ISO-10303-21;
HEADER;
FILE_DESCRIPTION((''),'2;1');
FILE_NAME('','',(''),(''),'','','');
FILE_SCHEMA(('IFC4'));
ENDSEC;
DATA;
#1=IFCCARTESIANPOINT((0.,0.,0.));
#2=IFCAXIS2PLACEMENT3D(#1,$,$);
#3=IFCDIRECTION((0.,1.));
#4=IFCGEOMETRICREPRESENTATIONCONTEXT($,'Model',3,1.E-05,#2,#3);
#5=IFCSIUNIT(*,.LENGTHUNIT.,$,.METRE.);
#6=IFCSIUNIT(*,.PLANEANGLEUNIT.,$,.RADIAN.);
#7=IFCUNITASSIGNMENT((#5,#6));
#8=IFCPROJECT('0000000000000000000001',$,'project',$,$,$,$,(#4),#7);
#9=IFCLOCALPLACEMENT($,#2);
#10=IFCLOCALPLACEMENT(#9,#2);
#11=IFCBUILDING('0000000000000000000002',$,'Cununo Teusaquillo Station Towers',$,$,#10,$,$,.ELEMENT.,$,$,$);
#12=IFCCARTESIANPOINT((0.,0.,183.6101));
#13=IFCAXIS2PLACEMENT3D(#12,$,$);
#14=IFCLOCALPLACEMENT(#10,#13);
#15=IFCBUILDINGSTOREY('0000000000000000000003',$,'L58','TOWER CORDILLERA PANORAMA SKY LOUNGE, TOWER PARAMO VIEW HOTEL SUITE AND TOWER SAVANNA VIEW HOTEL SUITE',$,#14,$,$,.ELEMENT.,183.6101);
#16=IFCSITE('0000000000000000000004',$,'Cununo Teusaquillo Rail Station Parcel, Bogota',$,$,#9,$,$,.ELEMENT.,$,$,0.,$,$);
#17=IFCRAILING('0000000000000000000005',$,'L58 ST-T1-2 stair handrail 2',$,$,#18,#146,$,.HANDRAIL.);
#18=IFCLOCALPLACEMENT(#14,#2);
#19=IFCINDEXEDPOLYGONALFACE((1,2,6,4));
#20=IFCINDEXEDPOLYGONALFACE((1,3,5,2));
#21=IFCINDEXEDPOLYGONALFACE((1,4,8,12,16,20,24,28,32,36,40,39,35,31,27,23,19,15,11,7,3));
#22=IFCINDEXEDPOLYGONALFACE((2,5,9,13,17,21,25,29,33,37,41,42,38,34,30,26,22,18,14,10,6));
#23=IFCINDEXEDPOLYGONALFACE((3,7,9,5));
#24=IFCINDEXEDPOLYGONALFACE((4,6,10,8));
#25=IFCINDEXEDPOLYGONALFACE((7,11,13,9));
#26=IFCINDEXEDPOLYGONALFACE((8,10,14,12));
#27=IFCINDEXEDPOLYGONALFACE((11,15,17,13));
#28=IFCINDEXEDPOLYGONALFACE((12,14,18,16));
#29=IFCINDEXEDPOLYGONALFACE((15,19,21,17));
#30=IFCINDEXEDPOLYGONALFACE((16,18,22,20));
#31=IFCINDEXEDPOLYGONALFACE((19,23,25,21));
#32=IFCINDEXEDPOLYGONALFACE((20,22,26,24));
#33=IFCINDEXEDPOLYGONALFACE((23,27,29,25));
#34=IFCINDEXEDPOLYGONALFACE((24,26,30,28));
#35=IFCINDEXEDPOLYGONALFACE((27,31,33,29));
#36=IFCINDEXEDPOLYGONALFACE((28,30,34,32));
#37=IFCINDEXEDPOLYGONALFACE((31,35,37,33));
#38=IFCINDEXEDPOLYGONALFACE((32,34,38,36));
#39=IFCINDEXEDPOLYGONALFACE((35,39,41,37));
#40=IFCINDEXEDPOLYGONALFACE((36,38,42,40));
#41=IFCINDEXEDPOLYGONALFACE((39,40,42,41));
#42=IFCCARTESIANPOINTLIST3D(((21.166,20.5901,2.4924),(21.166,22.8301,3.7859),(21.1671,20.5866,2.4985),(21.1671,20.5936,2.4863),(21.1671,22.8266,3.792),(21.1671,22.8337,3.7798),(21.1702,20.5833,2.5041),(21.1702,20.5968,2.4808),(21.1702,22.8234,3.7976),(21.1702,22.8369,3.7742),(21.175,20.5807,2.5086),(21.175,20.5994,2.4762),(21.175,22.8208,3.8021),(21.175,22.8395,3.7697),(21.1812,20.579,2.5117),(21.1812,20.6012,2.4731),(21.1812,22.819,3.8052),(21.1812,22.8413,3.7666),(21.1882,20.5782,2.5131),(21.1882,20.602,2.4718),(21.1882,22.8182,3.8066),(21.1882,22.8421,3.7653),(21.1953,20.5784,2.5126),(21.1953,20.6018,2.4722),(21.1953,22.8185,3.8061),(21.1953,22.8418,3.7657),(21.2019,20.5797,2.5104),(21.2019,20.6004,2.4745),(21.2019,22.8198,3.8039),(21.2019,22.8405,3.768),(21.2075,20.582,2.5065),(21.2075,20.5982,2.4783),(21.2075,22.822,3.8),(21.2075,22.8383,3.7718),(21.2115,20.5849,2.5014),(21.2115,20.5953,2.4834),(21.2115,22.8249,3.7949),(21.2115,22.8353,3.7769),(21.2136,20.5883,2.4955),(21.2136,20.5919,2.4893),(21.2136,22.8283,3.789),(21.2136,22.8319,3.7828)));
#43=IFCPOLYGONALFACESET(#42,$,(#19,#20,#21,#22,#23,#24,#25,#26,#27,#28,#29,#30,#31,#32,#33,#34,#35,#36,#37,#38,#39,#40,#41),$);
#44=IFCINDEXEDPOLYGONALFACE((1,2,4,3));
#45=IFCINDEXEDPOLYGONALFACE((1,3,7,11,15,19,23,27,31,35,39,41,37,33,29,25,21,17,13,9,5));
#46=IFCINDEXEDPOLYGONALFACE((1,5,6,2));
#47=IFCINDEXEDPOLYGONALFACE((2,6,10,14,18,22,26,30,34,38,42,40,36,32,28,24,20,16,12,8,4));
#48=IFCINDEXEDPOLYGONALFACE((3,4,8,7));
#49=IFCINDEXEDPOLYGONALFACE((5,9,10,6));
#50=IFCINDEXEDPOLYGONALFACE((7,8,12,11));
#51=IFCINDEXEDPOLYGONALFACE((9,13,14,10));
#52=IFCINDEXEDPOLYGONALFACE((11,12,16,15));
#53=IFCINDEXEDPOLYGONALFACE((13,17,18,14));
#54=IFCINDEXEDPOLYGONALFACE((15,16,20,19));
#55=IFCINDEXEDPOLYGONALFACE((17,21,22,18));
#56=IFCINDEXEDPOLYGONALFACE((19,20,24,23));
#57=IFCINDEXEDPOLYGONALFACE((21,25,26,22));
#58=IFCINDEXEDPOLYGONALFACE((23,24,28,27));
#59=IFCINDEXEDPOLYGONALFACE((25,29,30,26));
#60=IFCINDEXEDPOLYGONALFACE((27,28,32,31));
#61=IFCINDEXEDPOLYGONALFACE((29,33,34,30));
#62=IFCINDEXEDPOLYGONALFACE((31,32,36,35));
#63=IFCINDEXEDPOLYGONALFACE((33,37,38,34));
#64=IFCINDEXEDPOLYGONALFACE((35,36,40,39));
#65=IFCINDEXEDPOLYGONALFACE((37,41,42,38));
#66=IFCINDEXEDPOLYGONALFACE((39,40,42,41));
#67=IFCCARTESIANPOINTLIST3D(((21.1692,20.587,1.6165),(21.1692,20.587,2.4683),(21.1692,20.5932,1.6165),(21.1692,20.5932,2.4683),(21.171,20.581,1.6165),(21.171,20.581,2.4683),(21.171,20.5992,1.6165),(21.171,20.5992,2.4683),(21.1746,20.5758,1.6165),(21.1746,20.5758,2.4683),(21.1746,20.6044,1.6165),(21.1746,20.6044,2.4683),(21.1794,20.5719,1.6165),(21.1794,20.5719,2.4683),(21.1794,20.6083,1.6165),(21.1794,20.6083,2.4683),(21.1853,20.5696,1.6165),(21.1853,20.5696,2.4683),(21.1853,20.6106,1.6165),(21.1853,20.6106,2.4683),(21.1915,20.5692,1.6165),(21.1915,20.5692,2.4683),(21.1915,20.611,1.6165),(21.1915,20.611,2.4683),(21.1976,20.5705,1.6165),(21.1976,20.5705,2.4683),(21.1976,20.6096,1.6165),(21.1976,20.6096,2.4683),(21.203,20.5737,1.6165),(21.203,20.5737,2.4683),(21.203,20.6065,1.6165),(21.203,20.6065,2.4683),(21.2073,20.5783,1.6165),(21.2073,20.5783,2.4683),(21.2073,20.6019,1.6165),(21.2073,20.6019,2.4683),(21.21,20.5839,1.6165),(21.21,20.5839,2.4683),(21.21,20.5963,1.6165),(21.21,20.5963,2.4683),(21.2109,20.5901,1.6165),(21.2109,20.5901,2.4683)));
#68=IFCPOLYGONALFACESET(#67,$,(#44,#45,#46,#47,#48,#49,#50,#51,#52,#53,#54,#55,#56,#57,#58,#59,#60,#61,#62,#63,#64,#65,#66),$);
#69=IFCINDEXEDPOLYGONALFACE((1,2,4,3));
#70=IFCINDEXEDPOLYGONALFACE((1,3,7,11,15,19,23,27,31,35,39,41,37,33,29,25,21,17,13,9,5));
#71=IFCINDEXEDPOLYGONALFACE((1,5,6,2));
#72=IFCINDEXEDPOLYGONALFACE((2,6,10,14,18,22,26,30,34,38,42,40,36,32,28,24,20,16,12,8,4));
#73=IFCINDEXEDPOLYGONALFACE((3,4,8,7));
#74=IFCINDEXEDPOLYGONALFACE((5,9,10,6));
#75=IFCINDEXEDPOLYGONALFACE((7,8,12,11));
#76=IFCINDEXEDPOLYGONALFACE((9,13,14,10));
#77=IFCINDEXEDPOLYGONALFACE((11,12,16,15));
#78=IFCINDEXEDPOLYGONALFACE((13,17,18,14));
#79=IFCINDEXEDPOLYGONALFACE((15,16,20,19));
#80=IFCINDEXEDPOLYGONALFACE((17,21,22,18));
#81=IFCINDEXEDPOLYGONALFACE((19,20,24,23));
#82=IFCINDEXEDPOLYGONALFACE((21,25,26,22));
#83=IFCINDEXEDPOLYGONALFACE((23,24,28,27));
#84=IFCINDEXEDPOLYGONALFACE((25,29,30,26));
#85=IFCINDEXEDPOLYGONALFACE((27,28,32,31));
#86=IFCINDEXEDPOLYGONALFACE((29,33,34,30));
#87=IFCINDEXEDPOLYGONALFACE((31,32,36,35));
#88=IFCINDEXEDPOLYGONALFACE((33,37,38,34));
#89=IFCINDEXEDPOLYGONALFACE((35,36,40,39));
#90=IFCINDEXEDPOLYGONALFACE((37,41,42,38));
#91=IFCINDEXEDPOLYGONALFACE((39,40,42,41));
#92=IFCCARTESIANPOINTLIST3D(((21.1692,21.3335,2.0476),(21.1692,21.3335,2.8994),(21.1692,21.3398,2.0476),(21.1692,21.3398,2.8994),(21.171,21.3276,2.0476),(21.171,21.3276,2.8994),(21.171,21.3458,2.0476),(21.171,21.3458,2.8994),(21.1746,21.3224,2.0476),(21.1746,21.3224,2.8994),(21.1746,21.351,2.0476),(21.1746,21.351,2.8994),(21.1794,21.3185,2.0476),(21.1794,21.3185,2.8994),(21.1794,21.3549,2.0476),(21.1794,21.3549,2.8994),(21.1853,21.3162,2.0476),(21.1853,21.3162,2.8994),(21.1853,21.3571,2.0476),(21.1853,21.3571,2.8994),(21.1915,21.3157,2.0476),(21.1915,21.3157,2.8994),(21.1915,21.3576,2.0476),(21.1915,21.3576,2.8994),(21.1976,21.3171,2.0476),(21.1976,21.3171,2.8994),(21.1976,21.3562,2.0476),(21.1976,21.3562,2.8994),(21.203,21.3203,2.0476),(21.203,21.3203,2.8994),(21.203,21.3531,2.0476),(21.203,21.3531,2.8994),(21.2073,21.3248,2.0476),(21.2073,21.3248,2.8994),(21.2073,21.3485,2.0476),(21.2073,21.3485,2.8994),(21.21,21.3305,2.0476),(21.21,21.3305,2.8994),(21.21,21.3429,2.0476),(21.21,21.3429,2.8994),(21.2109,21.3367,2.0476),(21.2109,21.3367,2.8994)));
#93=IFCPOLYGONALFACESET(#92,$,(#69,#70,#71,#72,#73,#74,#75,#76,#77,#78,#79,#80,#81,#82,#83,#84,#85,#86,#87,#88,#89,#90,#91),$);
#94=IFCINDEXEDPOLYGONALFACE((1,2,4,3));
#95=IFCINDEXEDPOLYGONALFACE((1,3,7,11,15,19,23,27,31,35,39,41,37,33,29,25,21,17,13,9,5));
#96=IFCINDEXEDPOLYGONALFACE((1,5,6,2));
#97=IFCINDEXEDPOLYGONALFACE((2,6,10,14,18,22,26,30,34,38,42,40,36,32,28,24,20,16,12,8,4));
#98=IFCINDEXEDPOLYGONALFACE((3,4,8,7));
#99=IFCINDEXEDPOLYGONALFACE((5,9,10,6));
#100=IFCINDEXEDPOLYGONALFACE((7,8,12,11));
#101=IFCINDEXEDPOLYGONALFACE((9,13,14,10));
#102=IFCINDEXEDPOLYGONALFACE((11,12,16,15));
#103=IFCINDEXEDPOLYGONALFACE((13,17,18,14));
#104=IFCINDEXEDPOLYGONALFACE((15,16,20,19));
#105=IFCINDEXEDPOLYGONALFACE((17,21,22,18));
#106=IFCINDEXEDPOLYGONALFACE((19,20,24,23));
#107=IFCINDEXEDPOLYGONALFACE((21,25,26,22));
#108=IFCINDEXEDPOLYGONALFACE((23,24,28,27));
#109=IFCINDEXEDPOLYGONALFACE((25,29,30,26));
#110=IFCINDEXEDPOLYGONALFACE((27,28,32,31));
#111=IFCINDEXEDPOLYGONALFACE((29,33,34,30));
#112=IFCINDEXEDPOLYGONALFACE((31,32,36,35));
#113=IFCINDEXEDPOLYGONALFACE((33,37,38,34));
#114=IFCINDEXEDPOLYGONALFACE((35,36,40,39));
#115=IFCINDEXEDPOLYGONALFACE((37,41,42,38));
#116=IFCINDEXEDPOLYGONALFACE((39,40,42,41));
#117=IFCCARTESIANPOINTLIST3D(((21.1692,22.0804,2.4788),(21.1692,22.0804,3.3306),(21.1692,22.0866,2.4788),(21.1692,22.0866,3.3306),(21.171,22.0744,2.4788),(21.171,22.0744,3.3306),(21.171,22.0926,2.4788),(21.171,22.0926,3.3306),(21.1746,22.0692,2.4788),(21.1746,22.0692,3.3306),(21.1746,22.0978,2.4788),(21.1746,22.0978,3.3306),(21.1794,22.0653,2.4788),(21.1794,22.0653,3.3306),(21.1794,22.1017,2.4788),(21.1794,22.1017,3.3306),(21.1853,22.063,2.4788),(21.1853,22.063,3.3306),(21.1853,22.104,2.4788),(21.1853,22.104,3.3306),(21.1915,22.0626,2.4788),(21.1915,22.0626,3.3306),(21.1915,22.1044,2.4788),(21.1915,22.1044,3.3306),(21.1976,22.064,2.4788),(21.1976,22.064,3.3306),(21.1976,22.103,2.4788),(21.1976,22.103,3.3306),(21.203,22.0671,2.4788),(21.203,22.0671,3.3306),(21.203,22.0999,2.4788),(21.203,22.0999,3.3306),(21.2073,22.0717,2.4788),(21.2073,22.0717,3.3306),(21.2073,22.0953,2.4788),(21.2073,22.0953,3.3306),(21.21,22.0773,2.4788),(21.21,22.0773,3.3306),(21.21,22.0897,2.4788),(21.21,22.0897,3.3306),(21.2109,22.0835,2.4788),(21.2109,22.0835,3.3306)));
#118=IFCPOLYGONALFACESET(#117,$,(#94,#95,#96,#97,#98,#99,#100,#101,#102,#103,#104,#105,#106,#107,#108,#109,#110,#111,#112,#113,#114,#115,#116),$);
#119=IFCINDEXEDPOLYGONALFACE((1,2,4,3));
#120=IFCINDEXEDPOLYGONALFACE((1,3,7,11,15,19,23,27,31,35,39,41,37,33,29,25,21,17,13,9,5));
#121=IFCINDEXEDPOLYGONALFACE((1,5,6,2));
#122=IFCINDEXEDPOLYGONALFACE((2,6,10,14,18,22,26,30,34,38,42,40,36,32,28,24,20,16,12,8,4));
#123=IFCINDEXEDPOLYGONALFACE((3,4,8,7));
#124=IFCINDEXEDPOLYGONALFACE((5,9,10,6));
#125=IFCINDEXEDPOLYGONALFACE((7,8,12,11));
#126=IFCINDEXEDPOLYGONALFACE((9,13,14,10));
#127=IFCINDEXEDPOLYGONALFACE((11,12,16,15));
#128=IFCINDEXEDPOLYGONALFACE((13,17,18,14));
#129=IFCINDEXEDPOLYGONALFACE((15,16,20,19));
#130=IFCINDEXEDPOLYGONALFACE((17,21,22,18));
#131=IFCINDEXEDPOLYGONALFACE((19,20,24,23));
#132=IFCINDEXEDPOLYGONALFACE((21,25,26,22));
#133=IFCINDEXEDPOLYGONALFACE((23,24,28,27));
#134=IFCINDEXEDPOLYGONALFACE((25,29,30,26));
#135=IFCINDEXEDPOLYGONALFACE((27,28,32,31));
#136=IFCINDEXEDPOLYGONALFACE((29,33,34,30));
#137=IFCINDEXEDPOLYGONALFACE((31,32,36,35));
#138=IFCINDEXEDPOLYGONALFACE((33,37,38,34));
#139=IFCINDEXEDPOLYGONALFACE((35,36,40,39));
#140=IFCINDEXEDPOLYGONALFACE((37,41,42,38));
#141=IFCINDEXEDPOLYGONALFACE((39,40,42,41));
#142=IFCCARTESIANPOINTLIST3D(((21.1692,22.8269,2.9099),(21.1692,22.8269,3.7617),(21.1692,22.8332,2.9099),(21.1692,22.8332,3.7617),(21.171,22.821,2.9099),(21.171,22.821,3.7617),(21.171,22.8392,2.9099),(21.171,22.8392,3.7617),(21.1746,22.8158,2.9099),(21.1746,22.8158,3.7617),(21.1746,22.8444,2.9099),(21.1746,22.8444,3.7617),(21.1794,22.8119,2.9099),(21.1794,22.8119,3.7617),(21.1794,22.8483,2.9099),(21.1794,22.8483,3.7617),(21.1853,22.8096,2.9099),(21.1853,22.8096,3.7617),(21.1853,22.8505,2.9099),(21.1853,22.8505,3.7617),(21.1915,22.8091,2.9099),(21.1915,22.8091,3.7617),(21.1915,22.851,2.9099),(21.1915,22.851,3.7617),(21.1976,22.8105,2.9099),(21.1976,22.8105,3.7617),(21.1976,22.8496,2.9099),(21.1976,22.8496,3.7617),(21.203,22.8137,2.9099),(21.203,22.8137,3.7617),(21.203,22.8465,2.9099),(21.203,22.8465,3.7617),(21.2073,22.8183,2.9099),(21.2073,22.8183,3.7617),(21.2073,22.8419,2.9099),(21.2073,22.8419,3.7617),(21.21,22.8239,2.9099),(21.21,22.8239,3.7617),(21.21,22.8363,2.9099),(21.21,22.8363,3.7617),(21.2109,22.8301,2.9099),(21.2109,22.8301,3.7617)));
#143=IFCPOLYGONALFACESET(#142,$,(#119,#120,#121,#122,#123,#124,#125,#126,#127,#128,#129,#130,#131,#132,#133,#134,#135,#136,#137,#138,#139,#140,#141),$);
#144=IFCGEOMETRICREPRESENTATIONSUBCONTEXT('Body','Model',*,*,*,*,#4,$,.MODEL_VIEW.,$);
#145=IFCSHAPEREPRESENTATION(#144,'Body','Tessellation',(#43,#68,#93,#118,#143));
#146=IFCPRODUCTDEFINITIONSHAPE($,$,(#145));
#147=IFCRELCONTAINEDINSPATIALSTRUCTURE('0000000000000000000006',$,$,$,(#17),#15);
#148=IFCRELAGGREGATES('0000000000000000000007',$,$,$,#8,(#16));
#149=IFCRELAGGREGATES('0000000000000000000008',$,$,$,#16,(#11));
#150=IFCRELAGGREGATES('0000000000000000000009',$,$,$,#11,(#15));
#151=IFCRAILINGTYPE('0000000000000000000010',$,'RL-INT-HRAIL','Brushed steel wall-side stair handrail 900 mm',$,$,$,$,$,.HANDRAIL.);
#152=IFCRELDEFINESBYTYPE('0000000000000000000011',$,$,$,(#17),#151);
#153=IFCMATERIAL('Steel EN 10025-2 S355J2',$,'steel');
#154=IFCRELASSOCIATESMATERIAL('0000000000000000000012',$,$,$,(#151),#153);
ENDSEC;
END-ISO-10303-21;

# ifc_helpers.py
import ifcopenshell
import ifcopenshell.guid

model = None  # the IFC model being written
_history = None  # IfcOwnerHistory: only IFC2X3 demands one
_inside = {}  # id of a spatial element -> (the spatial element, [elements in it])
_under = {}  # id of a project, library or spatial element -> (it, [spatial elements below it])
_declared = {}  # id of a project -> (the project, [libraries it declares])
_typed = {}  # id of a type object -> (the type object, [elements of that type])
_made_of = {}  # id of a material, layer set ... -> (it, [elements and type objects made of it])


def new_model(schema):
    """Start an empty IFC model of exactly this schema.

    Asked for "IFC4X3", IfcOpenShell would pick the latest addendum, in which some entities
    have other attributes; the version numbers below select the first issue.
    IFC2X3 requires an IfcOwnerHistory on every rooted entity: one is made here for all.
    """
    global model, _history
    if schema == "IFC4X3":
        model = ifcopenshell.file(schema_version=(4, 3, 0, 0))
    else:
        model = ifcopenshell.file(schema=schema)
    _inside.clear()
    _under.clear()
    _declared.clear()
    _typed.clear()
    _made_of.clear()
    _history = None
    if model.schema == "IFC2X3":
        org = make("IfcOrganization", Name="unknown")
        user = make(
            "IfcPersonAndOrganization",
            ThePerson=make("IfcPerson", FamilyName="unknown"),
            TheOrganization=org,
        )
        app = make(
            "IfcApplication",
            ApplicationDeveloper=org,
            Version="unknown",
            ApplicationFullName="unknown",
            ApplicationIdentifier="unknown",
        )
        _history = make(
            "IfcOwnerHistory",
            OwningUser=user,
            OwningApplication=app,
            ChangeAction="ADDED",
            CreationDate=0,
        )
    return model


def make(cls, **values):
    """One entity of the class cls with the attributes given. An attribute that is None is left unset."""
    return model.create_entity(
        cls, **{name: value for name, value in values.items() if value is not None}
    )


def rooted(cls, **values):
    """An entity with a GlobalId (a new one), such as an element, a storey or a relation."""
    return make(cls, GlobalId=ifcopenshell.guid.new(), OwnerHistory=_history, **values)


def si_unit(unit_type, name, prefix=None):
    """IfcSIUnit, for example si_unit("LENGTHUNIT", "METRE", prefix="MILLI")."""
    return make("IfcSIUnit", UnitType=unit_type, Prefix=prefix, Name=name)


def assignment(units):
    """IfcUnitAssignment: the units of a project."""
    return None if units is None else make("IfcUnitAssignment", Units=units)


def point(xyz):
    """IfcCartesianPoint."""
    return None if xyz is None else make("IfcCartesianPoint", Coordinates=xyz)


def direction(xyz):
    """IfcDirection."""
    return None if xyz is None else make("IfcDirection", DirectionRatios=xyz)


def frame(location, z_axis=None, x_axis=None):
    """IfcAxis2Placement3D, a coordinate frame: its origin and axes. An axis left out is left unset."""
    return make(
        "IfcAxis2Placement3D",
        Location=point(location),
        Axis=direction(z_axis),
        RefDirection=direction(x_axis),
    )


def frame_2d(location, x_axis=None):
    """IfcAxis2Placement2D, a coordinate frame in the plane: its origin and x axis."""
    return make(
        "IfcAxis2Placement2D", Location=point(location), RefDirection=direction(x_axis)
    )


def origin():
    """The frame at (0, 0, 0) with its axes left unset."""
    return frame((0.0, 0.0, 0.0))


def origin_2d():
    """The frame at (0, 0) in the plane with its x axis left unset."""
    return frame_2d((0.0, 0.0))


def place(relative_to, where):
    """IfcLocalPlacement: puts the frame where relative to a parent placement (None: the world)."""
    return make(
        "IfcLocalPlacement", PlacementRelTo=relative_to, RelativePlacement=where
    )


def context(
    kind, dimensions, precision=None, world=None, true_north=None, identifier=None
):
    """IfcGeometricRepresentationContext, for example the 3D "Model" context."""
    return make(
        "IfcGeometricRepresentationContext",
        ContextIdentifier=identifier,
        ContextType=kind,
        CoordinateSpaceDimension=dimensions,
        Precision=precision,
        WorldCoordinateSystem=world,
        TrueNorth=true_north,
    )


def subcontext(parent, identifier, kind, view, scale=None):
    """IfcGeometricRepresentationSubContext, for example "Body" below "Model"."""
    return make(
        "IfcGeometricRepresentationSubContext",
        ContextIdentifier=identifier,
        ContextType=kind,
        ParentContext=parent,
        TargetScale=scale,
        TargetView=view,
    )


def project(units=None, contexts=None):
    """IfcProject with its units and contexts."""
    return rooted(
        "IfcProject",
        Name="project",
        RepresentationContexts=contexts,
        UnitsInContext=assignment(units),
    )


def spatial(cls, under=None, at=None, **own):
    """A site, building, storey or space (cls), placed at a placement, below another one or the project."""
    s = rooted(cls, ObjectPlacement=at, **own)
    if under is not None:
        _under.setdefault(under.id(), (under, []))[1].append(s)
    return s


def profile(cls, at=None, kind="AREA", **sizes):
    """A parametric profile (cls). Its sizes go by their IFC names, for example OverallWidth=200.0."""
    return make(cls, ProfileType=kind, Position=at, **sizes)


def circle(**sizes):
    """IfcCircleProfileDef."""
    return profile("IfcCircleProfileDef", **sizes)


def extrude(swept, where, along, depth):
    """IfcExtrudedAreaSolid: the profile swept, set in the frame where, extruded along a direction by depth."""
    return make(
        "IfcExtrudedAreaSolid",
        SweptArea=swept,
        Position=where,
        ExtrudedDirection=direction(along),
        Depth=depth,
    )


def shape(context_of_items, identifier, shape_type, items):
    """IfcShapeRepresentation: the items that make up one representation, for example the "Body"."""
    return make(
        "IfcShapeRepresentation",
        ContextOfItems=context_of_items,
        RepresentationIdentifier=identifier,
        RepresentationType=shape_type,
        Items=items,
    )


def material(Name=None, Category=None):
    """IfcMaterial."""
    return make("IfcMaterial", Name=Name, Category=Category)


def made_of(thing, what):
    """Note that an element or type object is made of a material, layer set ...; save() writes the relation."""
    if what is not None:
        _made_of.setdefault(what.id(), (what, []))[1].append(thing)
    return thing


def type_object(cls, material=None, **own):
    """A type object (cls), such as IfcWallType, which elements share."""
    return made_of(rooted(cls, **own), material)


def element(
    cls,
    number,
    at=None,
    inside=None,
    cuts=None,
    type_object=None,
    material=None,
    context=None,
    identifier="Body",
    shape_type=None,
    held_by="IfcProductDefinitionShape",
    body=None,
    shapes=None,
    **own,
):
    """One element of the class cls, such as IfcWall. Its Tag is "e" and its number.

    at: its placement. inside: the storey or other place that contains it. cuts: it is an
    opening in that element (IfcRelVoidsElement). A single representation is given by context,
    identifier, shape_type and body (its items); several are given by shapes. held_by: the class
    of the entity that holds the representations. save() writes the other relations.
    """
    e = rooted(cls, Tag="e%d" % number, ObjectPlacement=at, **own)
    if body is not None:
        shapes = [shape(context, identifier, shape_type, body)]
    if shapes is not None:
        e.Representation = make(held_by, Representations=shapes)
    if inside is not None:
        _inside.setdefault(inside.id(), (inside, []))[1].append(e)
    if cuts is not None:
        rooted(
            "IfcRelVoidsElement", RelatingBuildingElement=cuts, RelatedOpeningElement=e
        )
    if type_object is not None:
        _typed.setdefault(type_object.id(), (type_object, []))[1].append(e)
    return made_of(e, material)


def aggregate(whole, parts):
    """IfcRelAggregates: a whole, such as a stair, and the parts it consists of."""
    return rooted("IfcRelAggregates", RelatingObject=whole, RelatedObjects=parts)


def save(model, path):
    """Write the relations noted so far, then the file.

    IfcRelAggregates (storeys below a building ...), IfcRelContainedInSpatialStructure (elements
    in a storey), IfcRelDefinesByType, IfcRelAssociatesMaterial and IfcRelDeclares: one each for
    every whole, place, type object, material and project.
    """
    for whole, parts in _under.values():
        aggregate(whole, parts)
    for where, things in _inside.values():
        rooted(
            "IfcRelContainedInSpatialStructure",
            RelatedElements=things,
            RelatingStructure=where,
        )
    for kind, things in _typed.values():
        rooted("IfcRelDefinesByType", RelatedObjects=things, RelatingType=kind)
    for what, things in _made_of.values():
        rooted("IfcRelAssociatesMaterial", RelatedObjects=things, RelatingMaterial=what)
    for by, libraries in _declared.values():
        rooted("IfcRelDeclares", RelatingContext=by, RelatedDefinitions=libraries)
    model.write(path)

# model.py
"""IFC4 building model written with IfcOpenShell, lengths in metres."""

from ifc_helpers import new_model, si_unit, direction, frame, origin, origin_2d, place, context, subcontext, project, spatial, circle, extrude, material, type_object, element, save


model = new_model("IFC4")

# Units and contexts
model_context = context("Model", 3, precision=1e-05, world=origin(), true_north=direction((0.0, 1.0)))
body_context = subcontext(model_context, "Body", "Model", "MODEL_VIEW")
ifc_project = project(units=[si_unit("LENGTHUNIT", "METRE"), si_unit("PLANEANGLEUNIT", "RADIAN")], contexts=[model_context])

# Site, building, storey
site_placement = place(None, origin())
site = spatial("IfcSite", under=ifc_project, at=site_placement, Name="Cununo Teusaquillo Rail Station Parcel, Bogota", CompositionType="ELEMENT", RefElevation=0.0)
building_placement = place(site_placement, origin())
building = spatial("IfcBuilding", under=site, at=building_placement, Name="Cununo Teusaquillo Station Towers", CompositionType="ELEMENT")
storey_placement = place(building_placement, frame((0.0, 0.0, 183.6101)))
storey = spatial("IfcBuildingStorey", under=building, at=storey_placement, Name="L58", Description="TOWER CORDILLERA PANORAMA SKY LOUNGE, TOWER PARAMO VIEW HOTEL SUITE AND TOWER SAVANNA VIEW HOTEL SUITE", CompositionType="ELEMENT", Elevation=183.6101)

# Railing
ifc_material_1 = material(Name="Steel EN 10025-2 S355J2", Category="steel")
railing_type_1 = type_object("IfcRailingType", Name="RL-INT-HRAIL", Description="Brushed steel wall-side stair handrail 900 mm", PredefinedType="HANDRAIL", material=ifc_material_1)
railing_1_placement = place(storey_placement, frame((21.1899, 20.5901, 1.6165)))
element("IfcRailing", 1, at=railing_1_placement, inside=storey, type_object=railing_type_1, Name="L58 ST-T1-2 stair handrail 2", PredefinedType="HANDRAIL", context=body_context, shape_type="SweptSolid", body=[
    extrude(circle(Radius=0.0239, at=origin_2d()), frame((0.0, 0.0, 0.876), z_axis=(0.0, 0.865992, 0.500057), x_axis=(-1.0, 0.0, 0.0)), (0.0, 0.0, 1.0), 2.5867),
    extrude(circle(Radius=0.021, at=origin_2d()), origin(), (0.0, 0.0, 1.0), 0.8518),
    extrude(circle(Radius=0.021, at=origin_2d()), frame((0.0, 0.7466, 0.4312)), (0.0, 0.0, 1.0), 0.8518),
    extrude(circle(Radius=0.021, at=origin_2d()), frame((0.0, 1.4934, 0.8623)), (0.0, 0.0, 1.0), 0.8518),
    extrude(circle(Radius=0.021, at=origin_2d()), frame((0.0, 2.24, 1.2935)), (0.0, 0.0, 1.0), 0.8518),
])

save(model, "model.ifc")
